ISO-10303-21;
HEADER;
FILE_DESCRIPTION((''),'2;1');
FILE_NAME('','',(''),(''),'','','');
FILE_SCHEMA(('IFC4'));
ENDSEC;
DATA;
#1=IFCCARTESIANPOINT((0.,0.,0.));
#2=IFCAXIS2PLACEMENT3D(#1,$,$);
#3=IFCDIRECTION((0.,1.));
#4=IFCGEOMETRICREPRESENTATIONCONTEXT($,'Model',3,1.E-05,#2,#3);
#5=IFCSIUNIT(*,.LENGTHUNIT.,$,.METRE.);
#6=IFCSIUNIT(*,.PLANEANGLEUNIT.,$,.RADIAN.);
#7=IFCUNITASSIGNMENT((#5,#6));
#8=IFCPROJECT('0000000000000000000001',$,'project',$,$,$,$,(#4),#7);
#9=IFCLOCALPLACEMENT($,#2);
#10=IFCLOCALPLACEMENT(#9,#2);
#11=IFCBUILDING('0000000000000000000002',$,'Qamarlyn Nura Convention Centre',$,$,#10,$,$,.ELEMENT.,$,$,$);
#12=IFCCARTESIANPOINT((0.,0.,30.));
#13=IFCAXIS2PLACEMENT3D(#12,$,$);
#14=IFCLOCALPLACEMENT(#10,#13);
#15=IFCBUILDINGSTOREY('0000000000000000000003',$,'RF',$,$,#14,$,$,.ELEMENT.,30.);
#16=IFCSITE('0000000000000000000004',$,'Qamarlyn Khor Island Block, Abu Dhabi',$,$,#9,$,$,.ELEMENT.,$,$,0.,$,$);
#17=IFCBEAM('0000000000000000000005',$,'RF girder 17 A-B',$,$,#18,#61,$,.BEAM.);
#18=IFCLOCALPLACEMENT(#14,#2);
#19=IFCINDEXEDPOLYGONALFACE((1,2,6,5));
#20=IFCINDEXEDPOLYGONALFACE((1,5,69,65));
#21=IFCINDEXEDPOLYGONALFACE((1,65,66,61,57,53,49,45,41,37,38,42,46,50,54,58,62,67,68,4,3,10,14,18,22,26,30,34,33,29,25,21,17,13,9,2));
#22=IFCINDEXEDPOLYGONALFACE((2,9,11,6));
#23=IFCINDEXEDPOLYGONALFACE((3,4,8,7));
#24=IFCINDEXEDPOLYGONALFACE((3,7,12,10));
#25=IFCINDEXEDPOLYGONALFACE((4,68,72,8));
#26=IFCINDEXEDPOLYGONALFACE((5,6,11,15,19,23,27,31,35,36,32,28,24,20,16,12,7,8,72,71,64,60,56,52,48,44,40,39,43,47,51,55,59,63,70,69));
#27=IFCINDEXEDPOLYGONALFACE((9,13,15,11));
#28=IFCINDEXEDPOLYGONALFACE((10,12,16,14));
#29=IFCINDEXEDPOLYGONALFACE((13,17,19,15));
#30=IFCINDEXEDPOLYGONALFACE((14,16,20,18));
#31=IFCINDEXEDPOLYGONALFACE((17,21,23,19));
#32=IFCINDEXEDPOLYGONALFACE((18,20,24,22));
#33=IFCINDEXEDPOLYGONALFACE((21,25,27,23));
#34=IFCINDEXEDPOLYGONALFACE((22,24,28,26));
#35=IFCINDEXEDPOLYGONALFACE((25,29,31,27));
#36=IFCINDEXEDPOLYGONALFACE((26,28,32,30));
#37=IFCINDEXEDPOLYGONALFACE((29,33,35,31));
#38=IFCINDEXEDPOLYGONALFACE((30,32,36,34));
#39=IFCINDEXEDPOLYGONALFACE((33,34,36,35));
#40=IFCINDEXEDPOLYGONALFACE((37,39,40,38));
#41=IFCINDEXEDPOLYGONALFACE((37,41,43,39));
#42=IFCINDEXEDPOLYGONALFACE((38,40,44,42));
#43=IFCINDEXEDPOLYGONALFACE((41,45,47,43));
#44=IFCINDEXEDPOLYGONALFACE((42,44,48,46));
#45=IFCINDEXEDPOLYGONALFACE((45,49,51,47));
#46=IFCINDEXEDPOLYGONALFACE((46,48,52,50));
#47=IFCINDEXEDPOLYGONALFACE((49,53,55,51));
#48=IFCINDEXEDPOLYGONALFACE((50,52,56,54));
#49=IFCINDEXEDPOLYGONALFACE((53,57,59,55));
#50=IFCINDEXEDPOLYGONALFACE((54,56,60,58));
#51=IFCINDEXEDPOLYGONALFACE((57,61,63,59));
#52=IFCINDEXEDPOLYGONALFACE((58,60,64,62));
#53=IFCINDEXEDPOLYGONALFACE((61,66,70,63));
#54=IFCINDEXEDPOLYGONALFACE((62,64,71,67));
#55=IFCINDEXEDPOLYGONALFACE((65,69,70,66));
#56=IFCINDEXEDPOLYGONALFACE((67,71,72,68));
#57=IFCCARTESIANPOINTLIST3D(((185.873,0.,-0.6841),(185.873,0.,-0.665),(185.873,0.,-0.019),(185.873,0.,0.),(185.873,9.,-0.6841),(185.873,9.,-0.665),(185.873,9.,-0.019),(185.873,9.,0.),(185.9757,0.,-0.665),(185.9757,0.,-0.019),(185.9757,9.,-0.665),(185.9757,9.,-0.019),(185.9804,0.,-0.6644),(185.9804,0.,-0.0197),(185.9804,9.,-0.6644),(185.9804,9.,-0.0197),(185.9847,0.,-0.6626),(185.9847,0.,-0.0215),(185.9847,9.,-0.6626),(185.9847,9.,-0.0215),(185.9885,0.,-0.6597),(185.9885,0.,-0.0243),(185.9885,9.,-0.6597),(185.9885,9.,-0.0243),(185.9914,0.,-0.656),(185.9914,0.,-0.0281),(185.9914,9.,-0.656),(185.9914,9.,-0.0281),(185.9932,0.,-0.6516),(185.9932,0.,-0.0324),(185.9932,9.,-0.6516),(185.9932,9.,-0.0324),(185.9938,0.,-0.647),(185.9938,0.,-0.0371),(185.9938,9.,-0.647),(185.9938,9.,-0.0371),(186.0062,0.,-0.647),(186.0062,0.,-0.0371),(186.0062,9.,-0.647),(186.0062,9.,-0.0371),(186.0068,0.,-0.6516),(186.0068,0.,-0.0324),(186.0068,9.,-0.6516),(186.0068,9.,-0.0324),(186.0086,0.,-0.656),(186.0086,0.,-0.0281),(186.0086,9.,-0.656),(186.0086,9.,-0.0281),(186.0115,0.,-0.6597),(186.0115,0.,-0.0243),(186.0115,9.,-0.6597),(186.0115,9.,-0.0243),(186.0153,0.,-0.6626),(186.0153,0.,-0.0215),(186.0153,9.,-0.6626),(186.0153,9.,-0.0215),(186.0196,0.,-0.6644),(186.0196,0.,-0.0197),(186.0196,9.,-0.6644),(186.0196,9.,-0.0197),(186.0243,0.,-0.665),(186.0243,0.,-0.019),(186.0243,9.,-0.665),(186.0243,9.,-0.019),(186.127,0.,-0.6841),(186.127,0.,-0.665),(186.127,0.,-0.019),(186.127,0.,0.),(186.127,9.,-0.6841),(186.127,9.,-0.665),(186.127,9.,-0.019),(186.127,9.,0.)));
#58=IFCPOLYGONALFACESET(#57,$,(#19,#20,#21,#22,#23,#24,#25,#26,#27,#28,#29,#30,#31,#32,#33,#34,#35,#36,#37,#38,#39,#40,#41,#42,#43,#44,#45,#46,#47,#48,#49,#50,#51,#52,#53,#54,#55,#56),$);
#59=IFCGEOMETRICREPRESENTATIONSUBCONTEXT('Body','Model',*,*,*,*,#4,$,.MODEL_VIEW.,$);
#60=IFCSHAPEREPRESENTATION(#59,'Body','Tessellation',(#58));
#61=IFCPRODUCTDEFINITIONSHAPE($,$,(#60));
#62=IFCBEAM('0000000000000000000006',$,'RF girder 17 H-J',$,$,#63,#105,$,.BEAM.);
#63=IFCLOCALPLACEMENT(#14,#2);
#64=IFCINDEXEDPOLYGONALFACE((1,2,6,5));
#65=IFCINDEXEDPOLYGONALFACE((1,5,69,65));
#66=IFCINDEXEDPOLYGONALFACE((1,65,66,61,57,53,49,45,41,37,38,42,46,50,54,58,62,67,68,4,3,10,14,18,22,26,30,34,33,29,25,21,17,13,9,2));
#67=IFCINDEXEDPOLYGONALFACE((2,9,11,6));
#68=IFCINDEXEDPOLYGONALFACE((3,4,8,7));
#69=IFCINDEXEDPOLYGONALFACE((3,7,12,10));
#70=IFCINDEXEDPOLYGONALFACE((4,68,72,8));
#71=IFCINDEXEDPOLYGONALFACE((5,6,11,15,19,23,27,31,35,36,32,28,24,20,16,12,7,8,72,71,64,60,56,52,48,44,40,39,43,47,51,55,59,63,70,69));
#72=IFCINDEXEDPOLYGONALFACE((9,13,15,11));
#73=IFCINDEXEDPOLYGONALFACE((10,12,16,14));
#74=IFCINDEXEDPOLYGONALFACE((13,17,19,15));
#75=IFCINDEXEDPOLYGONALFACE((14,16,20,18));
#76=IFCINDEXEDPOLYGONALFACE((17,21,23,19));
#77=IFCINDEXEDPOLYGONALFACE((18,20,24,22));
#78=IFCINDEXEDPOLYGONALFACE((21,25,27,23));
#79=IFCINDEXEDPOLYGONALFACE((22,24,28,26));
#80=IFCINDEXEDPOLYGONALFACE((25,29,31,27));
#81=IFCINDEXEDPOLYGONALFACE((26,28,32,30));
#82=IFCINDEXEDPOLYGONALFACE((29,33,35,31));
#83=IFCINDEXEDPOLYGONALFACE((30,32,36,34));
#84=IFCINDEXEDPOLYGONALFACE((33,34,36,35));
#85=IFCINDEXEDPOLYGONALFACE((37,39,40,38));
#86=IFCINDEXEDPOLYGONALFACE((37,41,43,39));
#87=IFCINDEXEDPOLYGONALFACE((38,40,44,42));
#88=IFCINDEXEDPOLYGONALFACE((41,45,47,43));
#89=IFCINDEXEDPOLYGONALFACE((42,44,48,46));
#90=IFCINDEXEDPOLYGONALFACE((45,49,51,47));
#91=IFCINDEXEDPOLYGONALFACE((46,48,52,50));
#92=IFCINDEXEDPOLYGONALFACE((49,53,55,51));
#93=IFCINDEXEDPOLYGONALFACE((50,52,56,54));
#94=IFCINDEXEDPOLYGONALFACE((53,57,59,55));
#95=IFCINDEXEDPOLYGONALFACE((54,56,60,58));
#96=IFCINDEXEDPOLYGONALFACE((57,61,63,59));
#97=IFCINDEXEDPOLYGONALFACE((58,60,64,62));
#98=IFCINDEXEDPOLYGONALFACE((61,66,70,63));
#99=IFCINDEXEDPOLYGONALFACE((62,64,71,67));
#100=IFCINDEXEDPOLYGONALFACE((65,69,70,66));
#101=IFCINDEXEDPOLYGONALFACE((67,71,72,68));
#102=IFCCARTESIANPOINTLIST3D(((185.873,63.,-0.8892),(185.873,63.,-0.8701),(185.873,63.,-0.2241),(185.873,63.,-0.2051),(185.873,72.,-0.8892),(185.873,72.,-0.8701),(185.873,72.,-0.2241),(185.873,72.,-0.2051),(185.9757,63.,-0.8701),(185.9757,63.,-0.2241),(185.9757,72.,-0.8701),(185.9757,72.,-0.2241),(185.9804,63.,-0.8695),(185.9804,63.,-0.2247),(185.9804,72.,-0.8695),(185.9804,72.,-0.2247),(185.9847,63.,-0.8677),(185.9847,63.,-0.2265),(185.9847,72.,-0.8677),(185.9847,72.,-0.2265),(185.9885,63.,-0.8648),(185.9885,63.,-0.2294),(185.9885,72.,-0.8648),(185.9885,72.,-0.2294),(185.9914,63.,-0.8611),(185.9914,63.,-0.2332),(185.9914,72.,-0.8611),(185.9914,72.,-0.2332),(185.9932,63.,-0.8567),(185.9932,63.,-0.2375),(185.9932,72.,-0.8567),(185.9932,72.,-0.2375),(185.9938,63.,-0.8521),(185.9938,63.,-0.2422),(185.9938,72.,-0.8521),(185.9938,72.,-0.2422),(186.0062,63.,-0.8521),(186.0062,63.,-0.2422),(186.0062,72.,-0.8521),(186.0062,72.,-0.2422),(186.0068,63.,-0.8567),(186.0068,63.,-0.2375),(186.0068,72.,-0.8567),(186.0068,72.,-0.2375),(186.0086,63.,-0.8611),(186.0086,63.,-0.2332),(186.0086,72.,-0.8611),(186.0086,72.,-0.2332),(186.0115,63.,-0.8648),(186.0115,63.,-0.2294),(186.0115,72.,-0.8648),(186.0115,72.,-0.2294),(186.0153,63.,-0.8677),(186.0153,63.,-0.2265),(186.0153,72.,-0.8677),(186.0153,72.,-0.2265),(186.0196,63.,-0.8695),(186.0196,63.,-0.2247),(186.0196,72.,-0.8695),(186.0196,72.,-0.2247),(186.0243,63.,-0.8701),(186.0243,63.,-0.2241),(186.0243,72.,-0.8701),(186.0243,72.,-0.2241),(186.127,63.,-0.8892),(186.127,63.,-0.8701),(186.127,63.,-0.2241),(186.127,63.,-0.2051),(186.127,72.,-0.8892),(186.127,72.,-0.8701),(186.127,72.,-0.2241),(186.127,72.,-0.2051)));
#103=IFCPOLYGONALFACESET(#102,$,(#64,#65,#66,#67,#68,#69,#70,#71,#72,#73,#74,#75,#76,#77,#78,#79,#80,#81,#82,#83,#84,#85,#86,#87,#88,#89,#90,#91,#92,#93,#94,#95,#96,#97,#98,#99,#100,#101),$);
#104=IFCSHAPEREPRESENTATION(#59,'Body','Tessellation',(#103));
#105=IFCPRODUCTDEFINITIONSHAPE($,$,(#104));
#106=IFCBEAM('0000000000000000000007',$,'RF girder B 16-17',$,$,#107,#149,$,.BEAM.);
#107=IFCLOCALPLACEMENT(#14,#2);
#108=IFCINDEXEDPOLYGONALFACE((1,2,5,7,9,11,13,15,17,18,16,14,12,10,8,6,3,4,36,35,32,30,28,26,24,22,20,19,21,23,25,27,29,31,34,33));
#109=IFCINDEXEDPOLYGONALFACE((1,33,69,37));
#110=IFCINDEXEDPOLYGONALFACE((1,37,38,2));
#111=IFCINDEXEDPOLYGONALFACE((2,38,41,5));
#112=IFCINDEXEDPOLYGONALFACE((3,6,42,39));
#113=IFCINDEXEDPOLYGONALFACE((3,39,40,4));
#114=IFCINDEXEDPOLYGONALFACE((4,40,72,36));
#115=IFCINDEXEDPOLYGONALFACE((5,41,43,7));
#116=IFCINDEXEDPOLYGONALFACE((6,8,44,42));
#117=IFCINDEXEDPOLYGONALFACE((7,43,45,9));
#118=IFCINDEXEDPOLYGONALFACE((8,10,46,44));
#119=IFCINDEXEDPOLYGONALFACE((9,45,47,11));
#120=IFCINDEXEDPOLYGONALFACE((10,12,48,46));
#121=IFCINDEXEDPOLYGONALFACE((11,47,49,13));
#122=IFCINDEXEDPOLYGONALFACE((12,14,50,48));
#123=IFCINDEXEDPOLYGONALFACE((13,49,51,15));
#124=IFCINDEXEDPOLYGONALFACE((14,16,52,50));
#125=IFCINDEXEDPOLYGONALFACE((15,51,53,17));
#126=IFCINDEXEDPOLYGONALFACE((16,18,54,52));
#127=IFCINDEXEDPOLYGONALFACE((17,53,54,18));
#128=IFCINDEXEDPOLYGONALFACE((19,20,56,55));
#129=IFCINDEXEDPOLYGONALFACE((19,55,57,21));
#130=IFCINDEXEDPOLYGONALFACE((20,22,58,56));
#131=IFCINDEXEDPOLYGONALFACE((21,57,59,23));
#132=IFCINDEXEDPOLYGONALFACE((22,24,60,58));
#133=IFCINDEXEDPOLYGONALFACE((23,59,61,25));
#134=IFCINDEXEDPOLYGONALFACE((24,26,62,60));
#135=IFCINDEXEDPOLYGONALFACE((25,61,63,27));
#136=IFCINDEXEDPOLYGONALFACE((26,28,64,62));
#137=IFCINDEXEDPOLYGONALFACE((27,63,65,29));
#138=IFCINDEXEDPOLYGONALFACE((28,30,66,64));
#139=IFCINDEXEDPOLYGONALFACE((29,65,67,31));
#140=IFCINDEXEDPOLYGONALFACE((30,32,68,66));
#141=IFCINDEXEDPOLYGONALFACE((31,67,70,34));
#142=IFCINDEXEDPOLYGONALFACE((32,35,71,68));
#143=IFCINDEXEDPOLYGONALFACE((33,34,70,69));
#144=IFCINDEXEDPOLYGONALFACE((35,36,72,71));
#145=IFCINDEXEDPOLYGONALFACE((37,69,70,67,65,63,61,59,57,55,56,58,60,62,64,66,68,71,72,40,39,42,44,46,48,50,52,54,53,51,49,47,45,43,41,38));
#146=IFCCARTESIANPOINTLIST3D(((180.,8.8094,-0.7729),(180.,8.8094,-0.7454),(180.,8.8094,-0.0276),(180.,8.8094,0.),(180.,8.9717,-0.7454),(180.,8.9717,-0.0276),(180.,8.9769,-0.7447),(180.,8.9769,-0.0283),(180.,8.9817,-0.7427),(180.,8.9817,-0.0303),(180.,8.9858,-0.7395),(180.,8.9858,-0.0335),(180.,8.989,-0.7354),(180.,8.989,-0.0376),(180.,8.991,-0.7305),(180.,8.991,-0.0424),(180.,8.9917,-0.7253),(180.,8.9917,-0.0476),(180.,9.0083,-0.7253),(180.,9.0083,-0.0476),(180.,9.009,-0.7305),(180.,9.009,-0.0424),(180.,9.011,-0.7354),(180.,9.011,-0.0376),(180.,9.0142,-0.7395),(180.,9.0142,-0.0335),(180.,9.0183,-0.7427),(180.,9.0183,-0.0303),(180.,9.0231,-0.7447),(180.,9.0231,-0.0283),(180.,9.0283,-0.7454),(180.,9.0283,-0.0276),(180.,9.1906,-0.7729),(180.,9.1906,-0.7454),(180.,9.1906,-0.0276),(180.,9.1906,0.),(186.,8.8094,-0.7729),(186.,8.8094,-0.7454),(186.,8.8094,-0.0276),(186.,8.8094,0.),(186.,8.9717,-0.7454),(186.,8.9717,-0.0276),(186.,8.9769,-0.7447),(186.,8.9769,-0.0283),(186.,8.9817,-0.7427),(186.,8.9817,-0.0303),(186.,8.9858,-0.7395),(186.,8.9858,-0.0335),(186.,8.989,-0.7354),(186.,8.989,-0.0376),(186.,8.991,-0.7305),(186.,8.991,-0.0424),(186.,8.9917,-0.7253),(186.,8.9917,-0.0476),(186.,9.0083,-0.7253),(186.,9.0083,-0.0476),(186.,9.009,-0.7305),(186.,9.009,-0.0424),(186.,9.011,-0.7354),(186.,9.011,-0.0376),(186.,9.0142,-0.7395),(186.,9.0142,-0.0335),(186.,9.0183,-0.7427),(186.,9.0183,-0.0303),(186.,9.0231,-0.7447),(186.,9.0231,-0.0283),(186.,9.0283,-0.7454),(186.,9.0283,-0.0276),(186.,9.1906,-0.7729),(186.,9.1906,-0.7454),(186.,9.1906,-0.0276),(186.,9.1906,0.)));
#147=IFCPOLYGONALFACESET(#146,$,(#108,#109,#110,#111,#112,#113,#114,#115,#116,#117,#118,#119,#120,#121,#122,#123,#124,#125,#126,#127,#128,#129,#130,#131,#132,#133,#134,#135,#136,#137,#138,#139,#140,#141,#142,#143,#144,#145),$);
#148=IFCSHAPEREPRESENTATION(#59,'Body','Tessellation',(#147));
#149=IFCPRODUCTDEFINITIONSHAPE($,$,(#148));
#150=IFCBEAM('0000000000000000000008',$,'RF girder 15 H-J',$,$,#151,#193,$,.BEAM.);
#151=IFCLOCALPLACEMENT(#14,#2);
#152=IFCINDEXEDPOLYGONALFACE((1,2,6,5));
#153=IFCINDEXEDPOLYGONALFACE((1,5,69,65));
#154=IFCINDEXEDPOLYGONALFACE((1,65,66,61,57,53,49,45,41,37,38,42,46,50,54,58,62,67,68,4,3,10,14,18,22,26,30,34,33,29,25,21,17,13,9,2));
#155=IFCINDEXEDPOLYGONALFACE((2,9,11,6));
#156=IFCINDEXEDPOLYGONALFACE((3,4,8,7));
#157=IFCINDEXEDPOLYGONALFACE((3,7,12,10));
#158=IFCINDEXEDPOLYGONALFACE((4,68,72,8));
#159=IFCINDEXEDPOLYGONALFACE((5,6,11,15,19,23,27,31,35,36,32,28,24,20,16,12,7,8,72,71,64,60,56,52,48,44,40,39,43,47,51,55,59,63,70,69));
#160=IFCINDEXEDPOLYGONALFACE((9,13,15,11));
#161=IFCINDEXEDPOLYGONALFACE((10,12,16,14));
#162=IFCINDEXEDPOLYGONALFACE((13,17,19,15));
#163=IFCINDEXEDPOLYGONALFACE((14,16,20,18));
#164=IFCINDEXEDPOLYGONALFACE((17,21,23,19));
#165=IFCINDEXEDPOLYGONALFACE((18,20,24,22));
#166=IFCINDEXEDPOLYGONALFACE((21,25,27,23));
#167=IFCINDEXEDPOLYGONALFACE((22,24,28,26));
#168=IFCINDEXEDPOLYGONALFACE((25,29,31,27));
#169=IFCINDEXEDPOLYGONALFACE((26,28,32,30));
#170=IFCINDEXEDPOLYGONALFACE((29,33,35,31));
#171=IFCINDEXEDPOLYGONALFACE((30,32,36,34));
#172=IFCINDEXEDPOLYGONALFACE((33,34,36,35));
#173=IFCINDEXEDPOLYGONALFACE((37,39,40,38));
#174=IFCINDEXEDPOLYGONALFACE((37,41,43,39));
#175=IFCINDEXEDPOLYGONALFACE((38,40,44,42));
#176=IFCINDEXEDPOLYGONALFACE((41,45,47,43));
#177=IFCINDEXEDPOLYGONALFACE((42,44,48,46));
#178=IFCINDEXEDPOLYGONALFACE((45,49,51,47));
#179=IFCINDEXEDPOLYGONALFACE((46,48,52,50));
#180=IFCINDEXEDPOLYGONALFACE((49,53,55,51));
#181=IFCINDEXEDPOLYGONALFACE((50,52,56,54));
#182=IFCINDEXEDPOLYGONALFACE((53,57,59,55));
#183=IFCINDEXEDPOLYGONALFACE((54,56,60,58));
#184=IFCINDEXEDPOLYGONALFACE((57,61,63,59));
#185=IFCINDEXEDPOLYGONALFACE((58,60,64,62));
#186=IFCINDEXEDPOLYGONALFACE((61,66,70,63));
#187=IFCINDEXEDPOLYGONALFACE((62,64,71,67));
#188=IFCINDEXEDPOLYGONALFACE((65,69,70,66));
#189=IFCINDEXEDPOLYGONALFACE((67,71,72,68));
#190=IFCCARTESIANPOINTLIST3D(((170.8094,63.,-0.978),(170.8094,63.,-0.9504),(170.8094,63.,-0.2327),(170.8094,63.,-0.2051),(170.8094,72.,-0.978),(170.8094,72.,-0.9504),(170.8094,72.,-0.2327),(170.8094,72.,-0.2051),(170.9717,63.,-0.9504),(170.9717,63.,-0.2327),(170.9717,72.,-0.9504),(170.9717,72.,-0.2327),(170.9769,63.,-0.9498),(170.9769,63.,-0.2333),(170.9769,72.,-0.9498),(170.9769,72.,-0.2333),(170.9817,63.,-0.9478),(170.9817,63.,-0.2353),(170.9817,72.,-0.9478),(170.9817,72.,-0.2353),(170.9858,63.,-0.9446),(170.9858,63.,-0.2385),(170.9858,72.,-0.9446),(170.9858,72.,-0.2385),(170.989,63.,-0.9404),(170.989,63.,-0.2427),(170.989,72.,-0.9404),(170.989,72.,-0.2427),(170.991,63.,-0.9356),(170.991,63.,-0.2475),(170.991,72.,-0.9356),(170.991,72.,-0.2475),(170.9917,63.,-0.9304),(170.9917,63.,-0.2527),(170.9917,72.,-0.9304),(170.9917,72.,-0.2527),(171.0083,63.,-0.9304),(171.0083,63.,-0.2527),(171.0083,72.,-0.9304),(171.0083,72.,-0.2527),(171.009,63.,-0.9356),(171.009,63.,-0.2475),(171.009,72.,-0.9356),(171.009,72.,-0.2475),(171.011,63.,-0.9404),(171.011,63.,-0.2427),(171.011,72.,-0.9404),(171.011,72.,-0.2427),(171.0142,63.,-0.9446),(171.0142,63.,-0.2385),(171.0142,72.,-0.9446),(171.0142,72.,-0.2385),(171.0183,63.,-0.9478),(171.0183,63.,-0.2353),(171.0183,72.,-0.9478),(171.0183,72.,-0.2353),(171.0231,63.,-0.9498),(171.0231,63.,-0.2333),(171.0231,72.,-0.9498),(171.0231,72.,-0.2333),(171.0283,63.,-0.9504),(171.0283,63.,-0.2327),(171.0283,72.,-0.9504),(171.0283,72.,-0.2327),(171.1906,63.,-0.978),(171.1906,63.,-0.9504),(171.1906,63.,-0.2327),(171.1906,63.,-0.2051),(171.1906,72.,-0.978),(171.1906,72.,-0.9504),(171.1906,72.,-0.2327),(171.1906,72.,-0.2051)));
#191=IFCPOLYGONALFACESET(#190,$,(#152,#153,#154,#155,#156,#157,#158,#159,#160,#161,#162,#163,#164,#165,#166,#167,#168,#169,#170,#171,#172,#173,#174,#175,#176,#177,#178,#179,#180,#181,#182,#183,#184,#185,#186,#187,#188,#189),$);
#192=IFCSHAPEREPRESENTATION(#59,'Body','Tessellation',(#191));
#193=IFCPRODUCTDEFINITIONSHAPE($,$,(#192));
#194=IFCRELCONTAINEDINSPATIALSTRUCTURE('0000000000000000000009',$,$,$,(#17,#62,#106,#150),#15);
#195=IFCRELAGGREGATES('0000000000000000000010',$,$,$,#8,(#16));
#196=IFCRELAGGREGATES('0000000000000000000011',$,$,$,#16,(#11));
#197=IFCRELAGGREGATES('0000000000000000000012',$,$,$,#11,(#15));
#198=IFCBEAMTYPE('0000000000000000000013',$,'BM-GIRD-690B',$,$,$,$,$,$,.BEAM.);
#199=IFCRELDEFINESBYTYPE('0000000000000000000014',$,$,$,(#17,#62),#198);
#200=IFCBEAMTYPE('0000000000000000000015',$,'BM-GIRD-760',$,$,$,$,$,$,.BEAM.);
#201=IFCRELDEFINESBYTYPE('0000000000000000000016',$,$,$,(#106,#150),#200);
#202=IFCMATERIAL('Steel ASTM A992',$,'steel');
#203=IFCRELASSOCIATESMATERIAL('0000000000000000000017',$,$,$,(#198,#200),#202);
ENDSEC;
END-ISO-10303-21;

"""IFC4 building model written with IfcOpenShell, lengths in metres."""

from ifc_helpers import new_model, si_unit, direction, frame, origin, origin_2d, place, context, subcontext, project, spatial, i_section, extrude, material, material_profile, profile_set, type_object, element, save


model = new_model("IFC4")

# Units and contexts
model_context = context("Model", 3, precision=1e-05, world=origin(), true_north=direction((0.0, 1.0)))
body_context = subcontext(model_context, "Body", "Model", "MODEL_VIEW")
ifc_project = project(units=[si_unit("LENGTHUNIT", "METRE"), si_unit("PLANEANGLEUNIT", "RADIAN")], contexts=[model_context])

# Site, building, storey
site_placement = place(None, origin())
site = spatial("IfcSite", under=ifc_project, at=site_placement, Name="Qamarlyn Khor Island Block, Abu Dhabi", CompositionType="ELEMENT", RefElevation=0.0)
building_placement = place(site_placement, origin())
building = spatial("IfcBuilding", under=site, at=building_placement, Name="Qamarlyn Nura Convention Centre", CompositionType="ELEMENT")
storey_placement = place(building_placement, frame((0.0, 0.0, 30.0)))
storey = spatial("IfcBuildingStorey", under=building, at=storey_placement, Name="RF", CompositionType="ELEMENT", Elevation=30.0)

# Beams
ifc_material_1 = material(Name="Steel ASTM A992", Category="steel")
ifc_material_profile_1 = material_profile(ifc_material_1, i_section(OverallWidth=0.2539, OverallDepth=0.6841, WebThickness=0.0125, FlangeThickness=0.019, FilletRadius=0.0181, at=origin_2d()), Name="W690X140")
ifc_profile_set_1 = profile_set([ifc_material_profile_1], Name="Steel ASTM A992")
beam_type_1 = type_object("IfcBeamType", Name="BM-GIRD-690B", PredefinedType="BEAM", material=ifc_profile_set_1)
for number, where, z_axis, x_axis, name in (
    (1, (186.0, 0.0, -0.342), (0.0, 1.0, 0.0), (-1.0, 0.0, 0.0), "RF girder 17 A-B"),
    (2, (186.0, 63.0, -0.5471), (0.0, 1.0, 0.0), (-1.0, 0.0, 0.0), "RF girder 17 H-J"),
):
    element("IfcBeam", number, at=place(storey_placement, frame(where, z_axis=z_axis, x_axis=x_axis)), inside=storey, type_object=beam_type_1, Name=name, PredefinedType="BEAM", context=body_context, shape_type="SweptSolid", body=[
        extrude(i_section(OverallWidth=0.2539, OverallDepth=0.6841, WebThickness=0.0125, FlangeThickness=0.019, FilletRadius=0.0181, at=origin_2d()), origin(), (0.0, 0.0, 1.0), 9.0),
    ])
ifc_material_profile_2 = material_profile(ifc_material_1, i_section(OverallWidth=0.3811, OverallDepth=0.7729, WebThickness=0.0166, FlangeThickness=0.0276, FilletRadius=0.02, at=origin_2d()), Name="W760X257")
ifc_profile_set_2 = profile_set([ifc_material_profile_2], Name="Steel ASTM A992")
beam_type_2 = type_object("IfcBeamType", Name="BM-GIRD-760", PredefinedType="BEAM", material=ifc_profile_set_2)
beam_1_placement = place(storey_placement, frame((180.0, 9.0, -0.3865), z_axis=(1.0, 0.0, 0.0), x_axis=(0.0, 1.0, 0.0)))
element("IfcBeam", 3, at=beam_1_placement, inside=storey, type_object=beam_type_2, Name="RF girder B 16-17", PredefinedType="BEAM", context=body_context, shape_type="SweptSolid", body=[
    extrude(i_section(OverallWidth=0.3811, OverallDepth=0.7729, WebThickness=0.0166, FlangeThickness=0.0276, FilletRadius=0.02, at=origin_2d()), origin(), (0.0, 0.0, 1.0), 6.0),
])
for number, where, z_axis, x_axis, name in (
    (4, (171.0, 63.0, -0.5916), (0.0, 1.0, 0.0), (-1.0, 0.0, 0.0), "RF girder 15 H-J"),
):
    element("IfcBeam", number, at=place(storey_placement, frame(where, z_axis=z_axis, x_axis=x_axis)), inside=storey, type_object=beam_type_2, Name=name, PredefinedType="BEAM", context=body_context, shape_type="SweptSolid", body=[
        extrude(i_section(OverallWidth=0.3811, OverallDepth=0.7729, WebThickness=0.0166, FlangeThickness=0.0276, FilletRadius=0.02, at=origin_2d()), origin(), (0.0, 0.0, 1.0), 9.0),
    ])

save(model, "model.ifc")
